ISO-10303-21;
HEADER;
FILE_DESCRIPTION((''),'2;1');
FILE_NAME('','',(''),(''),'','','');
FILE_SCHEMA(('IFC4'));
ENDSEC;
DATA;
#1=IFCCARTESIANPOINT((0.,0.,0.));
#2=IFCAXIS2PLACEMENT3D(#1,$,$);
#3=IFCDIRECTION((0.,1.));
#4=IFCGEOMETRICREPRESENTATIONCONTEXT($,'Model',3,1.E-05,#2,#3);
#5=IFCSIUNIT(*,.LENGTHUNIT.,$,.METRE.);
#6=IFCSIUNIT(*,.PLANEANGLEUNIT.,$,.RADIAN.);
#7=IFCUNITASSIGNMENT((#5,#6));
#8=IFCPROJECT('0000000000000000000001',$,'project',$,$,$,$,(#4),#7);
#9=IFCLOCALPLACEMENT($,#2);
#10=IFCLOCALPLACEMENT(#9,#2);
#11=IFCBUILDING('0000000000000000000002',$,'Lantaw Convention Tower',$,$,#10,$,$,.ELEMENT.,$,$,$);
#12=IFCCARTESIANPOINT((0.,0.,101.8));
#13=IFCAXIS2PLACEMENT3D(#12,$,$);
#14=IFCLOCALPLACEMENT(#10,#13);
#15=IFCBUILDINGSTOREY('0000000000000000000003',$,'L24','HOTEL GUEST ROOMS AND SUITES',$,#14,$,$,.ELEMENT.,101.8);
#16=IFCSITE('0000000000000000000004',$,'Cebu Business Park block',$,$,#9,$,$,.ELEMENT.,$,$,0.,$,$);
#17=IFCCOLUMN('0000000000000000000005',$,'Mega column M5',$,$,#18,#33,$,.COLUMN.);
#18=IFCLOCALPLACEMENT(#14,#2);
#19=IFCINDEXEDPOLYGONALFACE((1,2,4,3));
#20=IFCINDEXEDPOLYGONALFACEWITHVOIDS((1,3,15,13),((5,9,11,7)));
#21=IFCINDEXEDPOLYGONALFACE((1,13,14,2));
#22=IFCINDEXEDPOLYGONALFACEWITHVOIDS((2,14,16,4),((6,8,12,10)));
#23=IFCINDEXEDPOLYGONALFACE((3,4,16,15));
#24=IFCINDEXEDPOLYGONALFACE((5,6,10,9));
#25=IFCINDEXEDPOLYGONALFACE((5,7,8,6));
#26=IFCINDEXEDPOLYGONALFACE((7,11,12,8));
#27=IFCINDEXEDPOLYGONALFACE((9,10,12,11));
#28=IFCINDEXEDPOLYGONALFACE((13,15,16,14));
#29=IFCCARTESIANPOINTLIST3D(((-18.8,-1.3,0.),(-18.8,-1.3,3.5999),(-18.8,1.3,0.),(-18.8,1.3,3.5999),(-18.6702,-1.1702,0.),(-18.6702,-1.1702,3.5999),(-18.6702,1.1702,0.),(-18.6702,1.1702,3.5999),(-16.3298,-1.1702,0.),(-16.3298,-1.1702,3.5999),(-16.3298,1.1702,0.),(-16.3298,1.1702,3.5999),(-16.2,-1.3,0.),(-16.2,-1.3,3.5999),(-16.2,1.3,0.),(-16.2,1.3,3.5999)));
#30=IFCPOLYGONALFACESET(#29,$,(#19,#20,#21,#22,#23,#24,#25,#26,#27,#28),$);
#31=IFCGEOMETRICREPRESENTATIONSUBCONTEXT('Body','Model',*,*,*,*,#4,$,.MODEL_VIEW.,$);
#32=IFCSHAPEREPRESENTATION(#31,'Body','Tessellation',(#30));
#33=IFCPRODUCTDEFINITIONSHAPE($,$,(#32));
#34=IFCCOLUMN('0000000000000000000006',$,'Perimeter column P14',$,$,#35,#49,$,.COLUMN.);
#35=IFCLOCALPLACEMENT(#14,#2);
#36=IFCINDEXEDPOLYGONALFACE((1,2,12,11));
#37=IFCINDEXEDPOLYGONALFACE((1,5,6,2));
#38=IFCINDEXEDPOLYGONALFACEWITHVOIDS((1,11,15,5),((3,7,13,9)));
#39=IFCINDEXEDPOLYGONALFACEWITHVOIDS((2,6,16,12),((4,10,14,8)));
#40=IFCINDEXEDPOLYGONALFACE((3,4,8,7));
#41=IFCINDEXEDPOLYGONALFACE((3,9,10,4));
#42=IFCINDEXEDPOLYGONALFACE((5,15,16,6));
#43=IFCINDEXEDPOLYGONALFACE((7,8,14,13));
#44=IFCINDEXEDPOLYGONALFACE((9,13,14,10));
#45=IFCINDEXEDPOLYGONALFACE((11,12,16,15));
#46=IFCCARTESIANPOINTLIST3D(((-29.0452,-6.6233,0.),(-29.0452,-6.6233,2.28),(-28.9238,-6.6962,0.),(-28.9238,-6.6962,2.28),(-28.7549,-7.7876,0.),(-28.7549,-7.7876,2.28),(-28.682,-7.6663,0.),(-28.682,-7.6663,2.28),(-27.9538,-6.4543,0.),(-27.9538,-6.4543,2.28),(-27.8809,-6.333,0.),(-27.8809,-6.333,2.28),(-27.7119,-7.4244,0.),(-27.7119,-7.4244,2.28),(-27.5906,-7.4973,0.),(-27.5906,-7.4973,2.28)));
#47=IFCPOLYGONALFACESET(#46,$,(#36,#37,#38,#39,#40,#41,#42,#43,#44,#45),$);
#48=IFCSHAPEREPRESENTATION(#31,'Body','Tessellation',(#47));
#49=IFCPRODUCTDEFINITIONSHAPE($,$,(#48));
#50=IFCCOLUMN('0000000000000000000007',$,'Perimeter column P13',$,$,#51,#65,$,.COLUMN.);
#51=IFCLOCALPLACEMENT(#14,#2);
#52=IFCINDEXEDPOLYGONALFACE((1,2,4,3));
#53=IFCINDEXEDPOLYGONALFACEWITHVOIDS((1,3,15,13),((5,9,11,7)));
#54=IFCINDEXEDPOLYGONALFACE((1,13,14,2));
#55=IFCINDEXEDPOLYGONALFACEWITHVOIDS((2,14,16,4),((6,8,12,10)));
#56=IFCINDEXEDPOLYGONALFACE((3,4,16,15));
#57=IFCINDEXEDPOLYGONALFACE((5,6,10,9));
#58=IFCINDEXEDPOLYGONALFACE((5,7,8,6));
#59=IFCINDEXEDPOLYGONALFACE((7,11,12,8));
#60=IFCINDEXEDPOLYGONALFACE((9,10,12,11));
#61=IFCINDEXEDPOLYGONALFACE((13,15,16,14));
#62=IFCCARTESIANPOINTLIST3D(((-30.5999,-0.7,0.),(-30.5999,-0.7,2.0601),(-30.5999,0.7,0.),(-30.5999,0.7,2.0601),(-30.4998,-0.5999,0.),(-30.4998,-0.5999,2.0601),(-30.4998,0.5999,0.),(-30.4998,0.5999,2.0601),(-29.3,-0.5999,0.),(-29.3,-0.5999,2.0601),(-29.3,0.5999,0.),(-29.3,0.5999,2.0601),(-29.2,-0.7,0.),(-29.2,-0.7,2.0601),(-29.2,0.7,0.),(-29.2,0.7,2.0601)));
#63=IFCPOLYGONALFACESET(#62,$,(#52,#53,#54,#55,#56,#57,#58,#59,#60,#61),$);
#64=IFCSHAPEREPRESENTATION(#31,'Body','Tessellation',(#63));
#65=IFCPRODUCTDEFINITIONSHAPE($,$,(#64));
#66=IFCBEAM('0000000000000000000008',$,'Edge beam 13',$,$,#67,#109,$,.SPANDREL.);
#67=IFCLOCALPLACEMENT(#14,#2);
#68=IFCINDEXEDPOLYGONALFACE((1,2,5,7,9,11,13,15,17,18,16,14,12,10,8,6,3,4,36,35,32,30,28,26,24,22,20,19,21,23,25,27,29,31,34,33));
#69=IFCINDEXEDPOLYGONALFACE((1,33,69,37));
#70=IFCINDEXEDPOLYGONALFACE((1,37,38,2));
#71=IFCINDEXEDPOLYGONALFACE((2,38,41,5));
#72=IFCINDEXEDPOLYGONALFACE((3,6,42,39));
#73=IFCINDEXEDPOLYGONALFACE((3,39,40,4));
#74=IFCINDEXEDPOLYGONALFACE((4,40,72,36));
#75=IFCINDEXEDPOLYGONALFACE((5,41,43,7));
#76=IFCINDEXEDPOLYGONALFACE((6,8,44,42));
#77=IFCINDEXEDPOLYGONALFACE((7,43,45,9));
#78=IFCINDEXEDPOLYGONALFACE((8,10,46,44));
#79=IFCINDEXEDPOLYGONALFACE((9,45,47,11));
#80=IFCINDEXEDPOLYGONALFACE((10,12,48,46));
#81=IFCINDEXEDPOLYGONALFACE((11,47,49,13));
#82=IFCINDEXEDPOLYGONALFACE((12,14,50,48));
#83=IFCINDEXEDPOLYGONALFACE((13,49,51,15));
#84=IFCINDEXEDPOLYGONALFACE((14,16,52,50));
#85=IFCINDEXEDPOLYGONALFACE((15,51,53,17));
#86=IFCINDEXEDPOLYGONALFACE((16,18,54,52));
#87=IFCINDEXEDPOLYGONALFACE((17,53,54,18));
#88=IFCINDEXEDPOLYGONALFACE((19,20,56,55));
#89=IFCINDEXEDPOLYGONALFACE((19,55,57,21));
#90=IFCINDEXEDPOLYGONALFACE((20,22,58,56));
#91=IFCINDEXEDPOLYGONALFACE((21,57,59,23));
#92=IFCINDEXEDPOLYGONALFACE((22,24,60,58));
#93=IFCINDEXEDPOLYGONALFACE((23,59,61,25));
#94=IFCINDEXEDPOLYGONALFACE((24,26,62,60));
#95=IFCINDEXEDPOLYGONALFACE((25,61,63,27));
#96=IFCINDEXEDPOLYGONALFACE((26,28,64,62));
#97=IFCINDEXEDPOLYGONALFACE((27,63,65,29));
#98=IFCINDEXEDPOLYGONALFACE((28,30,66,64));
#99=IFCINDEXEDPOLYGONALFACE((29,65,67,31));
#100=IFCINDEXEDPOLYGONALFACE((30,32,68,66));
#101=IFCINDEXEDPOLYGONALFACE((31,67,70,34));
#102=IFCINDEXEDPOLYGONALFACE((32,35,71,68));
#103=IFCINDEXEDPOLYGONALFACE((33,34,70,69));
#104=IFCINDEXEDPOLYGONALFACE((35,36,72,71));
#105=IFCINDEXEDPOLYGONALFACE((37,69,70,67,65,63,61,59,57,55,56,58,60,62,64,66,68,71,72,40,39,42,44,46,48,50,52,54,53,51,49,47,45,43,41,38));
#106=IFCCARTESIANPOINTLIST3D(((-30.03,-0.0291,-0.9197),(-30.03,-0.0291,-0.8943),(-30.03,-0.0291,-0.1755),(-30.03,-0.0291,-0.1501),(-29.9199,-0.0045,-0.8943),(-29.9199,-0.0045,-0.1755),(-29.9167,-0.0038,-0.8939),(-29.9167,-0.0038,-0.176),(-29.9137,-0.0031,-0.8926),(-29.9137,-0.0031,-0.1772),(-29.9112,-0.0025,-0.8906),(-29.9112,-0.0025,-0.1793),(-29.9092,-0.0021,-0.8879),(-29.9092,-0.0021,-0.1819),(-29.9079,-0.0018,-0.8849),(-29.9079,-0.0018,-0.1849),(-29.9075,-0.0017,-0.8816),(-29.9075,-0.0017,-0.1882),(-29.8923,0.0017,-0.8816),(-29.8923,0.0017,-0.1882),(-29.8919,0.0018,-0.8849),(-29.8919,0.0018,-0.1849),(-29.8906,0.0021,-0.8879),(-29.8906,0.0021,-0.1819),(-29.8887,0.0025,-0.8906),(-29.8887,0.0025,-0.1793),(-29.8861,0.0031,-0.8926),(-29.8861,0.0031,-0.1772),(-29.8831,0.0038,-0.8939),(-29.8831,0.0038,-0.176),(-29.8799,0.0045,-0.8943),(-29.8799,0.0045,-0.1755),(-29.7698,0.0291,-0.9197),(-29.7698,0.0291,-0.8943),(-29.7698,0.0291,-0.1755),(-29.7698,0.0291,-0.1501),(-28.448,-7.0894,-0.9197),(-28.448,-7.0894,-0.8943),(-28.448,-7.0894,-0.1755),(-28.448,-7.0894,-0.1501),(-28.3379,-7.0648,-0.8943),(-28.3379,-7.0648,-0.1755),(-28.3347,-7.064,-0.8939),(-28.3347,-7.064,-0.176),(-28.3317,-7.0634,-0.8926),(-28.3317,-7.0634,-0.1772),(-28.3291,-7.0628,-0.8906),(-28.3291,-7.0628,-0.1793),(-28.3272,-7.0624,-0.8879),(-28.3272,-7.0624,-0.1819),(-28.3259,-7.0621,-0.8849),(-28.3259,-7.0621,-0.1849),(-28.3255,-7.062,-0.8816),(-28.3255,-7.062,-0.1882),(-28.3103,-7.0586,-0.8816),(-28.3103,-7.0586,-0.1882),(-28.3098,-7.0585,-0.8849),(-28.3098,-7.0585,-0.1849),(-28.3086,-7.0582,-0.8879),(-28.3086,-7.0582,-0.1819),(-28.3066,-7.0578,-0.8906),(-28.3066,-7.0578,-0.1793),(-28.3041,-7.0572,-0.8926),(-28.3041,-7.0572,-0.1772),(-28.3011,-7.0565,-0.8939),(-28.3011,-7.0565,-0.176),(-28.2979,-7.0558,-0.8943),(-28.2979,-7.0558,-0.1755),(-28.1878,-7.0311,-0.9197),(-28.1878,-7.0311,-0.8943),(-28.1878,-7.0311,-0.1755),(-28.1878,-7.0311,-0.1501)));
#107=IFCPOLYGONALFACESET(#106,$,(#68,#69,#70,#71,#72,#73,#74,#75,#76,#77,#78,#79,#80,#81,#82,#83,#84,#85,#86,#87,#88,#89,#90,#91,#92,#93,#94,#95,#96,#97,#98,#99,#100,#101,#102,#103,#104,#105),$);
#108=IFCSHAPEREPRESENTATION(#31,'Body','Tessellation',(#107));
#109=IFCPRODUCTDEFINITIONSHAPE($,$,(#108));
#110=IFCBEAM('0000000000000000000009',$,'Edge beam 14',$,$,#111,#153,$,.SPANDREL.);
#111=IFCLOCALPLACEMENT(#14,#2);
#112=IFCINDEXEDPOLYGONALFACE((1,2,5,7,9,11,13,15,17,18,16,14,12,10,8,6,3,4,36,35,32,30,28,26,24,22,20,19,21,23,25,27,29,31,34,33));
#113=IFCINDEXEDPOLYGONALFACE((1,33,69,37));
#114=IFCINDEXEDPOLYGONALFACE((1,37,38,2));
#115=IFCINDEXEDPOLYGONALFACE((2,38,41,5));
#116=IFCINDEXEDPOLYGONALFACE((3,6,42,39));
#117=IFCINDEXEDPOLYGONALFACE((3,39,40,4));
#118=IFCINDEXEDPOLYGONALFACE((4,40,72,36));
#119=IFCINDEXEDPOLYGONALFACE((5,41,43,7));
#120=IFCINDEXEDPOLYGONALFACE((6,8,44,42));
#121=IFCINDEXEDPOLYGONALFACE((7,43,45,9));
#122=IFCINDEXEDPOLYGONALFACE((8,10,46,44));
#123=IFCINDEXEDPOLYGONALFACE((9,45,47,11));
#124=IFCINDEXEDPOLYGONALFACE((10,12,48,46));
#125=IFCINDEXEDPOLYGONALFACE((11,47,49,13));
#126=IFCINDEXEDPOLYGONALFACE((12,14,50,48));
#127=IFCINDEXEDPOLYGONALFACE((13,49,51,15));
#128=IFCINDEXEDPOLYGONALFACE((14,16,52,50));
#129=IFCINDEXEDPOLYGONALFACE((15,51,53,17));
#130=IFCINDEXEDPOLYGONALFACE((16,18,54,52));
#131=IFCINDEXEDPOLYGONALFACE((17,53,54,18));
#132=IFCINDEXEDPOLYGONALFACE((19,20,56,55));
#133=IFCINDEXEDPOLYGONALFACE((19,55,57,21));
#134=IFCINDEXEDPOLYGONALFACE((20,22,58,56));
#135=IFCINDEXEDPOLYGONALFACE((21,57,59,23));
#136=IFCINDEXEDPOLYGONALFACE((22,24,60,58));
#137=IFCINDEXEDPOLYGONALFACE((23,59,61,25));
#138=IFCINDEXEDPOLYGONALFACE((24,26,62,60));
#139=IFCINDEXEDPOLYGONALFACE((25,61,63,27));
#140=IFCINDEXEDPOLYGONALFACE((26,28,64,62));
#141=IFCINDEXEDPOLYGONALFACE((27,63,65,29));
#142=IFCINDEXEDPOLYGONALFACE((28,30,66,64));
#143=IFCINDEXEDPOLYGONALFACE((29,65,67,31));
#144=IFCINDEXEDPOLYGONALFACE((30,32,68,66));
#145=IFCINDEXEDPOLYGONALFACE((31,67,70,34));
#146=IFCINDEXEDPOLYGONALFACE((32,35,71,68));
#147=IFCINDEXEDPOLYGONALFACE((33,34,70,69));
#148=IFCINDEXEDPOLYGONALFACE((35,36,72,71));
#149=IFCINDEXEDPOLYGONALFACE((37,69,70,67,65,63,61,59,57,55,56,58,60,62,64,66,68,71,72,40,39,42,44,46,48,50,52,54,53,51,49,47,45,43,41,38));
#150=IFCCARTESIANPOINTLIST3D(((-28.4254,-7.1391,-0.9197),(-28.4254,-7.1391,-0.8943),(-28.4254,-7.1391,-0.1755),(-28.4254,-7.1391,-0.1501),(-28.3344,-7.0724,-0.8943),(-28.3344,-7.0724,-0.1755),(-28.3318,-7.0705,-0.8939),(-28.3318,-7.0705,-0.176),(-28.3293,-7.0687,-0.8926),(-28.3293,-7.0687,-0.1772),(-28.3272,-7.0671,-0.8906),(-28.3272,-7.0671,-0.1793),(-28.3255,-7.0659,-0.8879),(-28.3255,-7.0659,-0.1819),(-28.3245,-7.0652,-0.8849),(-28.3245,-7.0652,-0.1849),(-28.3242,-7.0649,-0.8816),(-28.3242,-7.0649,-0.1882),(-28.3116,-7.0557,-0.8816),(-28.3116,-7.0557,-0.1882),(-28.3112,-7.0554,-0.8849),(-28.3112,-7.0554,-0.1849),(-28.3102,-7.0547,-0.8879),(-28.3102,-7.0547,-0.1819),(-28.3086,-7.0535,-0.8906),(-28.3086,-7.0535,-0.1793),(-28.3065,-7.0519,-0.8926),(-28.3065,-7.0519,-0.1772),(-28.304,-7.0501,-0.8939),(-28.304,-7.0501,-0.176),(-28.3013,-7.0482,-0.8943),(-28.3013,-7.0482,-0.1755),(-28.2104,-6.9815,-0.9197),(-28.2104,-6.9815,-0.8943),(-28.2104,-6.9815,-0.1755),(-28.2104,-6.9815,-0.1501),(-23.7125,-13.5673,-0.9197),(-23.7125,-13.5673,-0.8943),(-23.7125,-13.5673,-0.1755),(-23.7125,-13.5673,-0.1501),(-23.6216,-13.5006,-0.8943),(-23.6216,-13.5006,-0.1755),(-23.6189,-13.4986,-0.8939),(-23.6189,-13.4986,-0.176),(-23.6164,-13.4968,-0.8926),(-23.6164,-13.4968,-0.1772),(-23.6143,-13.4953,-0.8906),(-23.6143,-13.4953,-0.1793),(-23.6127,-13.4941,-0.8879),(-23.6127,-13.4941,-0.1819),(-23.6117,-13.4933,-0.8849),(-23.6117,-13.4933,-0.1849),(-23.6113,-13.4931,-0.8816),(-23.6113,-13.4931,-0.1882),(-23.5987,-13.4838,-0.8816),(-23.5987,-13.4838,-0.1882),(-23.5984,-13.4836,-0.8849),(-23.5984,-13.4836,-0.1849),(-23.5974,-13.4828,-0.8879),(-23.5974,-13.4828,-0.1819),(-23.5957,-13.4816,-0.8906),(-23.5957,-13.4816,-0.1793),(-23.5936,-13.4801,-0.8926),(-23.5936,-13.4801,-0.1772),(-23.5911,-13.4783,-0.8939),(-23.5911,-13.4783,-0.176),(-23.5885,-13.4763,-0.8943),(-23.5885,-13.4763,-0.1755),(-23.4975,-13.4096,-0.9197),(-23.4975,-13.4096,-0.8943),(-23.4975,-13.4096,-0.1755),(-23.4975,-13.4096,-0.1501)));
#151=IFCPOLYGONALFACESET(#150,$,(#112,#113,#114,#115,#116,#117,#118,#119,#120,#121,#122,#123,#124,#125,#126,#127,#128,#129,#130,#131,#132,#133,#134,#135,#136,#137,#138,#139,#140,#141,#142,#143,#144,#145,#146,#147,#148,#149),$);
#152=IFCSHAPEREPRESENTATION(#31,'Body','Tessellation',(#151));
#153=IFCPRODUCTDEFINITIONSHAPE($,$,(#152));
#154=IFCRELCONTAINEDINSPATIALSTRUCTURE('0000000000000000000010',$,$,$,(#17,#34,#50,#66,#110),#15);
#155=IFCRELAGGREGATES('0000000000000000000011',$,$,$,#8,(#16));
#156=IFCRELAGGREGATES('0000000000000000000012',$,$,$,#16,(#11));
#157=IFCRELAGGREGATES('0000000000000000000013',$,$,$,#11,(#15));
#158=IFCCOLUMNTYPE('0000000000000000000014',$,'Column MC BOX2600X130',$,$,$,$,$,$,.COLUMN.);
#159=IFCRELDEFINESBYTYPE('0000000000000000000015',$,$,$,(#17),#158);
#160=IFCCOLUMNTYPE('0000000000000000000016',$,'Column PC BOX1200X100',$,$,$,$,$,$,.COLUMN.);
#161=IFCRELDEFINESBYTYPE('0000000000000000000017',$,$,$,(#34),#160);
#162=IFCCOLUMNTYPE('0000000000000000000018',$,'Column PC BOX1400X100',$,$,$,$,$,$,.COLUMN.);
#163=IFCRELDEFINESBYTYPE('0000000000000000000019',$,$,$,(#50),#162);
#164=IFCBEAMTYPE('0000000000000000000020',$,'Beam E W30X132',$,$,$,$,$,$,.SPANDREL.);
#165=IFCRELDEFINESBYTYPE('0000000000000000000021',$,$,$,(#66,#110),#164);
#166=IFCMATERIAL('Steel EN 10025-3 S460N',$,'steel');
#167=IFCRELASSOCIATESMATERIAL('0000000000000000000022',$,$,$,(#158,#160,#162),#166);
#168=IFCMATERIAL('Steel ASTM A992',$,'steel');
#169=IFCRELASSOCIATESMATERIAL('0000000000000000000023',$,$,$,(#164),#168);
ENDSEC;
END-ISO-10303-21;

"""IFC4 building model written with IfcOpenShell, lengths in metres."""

from ifc_helpers import new_model, si_unit, direction, frame, origin, origin_2d, place, context, subcontext, project, spatial, rectangle, hollow_rectangle, i_section, extrude, material, material_profile, profile_set, type_object, element, save


model = new_model("IFC4")

# Units and contexts
model_context = context("Model", 3, precision=1e-05, world=origin(), true_north=direction((0.0, 1.0)))
body_context = subcontext(model_context, "Body", "Model", "MODEL_VIEW")
ifc_project = project(units=[si_unit("LENGTHUNIT", "METRE"), si_unit("PLANEANGLEUNIT", "RADIAN")], contexts=[model_context])

# Site, building, storey
site_placement = place(None, origin())
site = spatial("IfcSite", under=ifc_project, at=site_placement, Name="Cebu Business Park block", CompositionType="ELEMENT", RefElevation=0.0)
building_placement = place(site_placement, origin())
building = spatial("IfcBuilding", under=site, at=building_placement, Name="Lantaw Convention Tower", CompositionType="ELEMENT")
storey_placement = place(building_placement, frame((0.0, 0.0, 101.8)))
storey = spatial("IfcBuildingStorey", under=building, at=storey_placement, Name="L24", Description="HOTEL GUEST ROOMS AND SUITES", CompositionType="ELEMENT", Elevation=101.8)

# Columns
ifc_material_1 = material(Name="Steel EN 10025-3 S460N", Category="steel")
ifc_material_profile_1 = material_profile(ifc_material_1, hollow_rectangle(XDim=2.6001, YDim=2.6001, WallThickness=0.1299, at=origin_2d()), Name="BOX2600X130")
ifc_material_2 = material(Name="Concrete C60/75", Category="concrete")
ifc_material_profile_2 = material_profile(ifc_material_2, rectangle(XDim=2.3401, YDim=2.3401, at=origin_2d()), Name="Concrete fill of BOX2600X130")
ifc_profile_set_1 = profile_set([ifc_material_profile_1, ifc_material_profile_2], Name="Steel EN 10025-3 S460N")
column_type_1 = type_object("IfcColumnType", Name="Column MC BOX2600X130", PredefinedType="COLUMN", material=ifc_profile_set_1)
column_1_placement = place(storey_placement, frame((-17.5, 0.0, 0.0), z_axis=(0.0, 0.0, 1.0), x_axis=(1.0, 0.0, 0.0)))
element("IfcColumn", 1, at=column_1_placement, inside=storey, type_object=column_type_1, Name="Mega column M5", PredefinedType="COLUMN", context=body_context, shape_type="SweptSolid", body=[
    extrude(hollow_rectangle(XDim=2.6001, YDim=2.6001, WallThickness=0.1299, at=origin_2d()), origin(), (0.0, 0.0, 1.0), 3.5999),
])
ifc_material_profile_3 = material_profile(ifc_material_1, hollow_rectangle(XDim=1.2, YDim=1.2, WallThickness=0.1001, at=origin_2d()), Name="BOX1200X100")
ifc_material_profile_4 = material_profile(ifc_material_2, rectangle(XDim=1.0, YDim=1.0, at=origin_2d()), Name="Concrete fill of BOX1200X100")
ifc_profile_set_2 = profile_set([ifc_material_profile_3, ifc_material_profile_4], Name="Steel EN 10025-3 S460N")
column_type_2 = type_object("IfcColumnType", Name="Column PC BOX1200X100", PredefinedType="COLUMN", material=ifc_profile_set_2)
column_2_placement = place(storey_placement, frame((-28.3179, -7.0603, 0.0), z_axis=(0.0, 0.0, 1.0), x_axis=(0.970296, 0.241922, 0.0)))
element("IfcColumn", 2, at=column_2_placement, inside=storey, type_object=column_type_2, Name="Perimeter column P14", PredefinedType="COLUMN", context=body_context, shape_type="SweptSolid", body=[
    extrude(hollow_rectangle(XDim=1.2, YDim=1.2, WallThickness=0.1001, at=origin_2d()), origin(), (0.0, 0.0, 1.0), 2.28),
])
ifc_material_profile_5 = material_profile(ifc_material_1, hollow_rectangle(XDim=1.3999, YDim=1.3999, WallThickness=0.1001, at=origin_2d()), Name="BOX1400X100")
ifc_material_profile_6 = material_profile(ifc_material_2, rectangle(XDim=1.2, YDim=1.2, at=origin_2d()), Name="Concrete fill of BOX1400X100")
ifc_profile_set_3 = profile_set([ifc_material_profile_5, ifc_material_profile_6], Name="Steel EN 10025-3 S460N")
column_type_3 = type_object("IfcColumnType", Name="Column PC BOX1400X100", PredefinedType="COLUMN", material=ifc_profile_set_3)
column_3_placement = place(storey_placement, frame((-29.8999, 0.0, 0.0), z_axis=(0.0, 0.0, 1.0), x_axis=(1.0, 0.0, 0.0)))
element("IfcColumn", 3, at=column_3_placement, inside=storey, type_object=column_type_3, Name="Perimeter column P13", PredefinedType="COLUMN", context=body_context, shape_type="SweptSolid", body=[
    extrude(hollow_rectangle(XDim=1.3999, YDim=1.3999, WallThickness=0.1001, at=origin_2d()), origin(), (0.0, 0.0, 1.0), 2.0601),
])

# Beams
ifc_material_3 = material(Name="Steel ASTM A992", Category="steel")
ifc_material_profile_7 = material_profile(ifc_material_3, i_section(OverallWidth=0.2666, OverallDepth=0.7695, WebThickness=0.0156, FlangeThickness=0.0254, FilletRadius=0.0127, at=origin_2d()), Name="W30X132")
ifc_profile_set_4 = profile_set([ifc_material_profile_7], Name="Steel ASTM A992")
beam_type_1 = type_object("IfcBeamType", Name="Beam E W30X132", PredefinedType="SPANDREL", material=ifc_profile_set_4)
beam_1_placement = place(storey_placement, frame((-29.8999, 0.0, -0.5349), z_axis=(0.218652, -0.975803, 0.0), x_axis=(0.975803, 0.218652, 0.0)))
element("IfcBeam", 4, at=beam_1_placement, inside=storey, type_object=beam_type_1, Name="Edge beam 13", PredefinedType="SPANDREL", context=body_context, shape_type="SweptSolid", body=[
    extrude(i_section(OverallWidth=0.2666, OverallDepth=0.7695, WebThickness=0.0156, FlangeThickness=0.0254, FilletRadius=0.0127, at=origin_2d()), origin(), (0.0, 0.0, 1.0), 7.2354),
])
beam_2_placement = place(storey_placement, frame((-28.3179, -7.0603, -0.5349), z_axis=(0.591271, -0.806473, 0.0), x_axis=(0.806473, 0.591271, 0.0)))
element("IfcBeam", 5, at=beam_2_placement, inside=storey, type_object=beam_type_1, Name="Edge beam 14", PredefinedType="SPANDREL", context=body_context, shape_type="SweptSolid", body=[
    extrude(i_section(OverallWidth=0.2666, OverallDepth=0.7695, WebThickness=0.0156, FlangeThickness=0.0254, FilletRadius=0.0127, at=origin_2d()), origin(), (0.0, 0.0, 1.0), 7.9707),
])

save(model, "model.ifc")
